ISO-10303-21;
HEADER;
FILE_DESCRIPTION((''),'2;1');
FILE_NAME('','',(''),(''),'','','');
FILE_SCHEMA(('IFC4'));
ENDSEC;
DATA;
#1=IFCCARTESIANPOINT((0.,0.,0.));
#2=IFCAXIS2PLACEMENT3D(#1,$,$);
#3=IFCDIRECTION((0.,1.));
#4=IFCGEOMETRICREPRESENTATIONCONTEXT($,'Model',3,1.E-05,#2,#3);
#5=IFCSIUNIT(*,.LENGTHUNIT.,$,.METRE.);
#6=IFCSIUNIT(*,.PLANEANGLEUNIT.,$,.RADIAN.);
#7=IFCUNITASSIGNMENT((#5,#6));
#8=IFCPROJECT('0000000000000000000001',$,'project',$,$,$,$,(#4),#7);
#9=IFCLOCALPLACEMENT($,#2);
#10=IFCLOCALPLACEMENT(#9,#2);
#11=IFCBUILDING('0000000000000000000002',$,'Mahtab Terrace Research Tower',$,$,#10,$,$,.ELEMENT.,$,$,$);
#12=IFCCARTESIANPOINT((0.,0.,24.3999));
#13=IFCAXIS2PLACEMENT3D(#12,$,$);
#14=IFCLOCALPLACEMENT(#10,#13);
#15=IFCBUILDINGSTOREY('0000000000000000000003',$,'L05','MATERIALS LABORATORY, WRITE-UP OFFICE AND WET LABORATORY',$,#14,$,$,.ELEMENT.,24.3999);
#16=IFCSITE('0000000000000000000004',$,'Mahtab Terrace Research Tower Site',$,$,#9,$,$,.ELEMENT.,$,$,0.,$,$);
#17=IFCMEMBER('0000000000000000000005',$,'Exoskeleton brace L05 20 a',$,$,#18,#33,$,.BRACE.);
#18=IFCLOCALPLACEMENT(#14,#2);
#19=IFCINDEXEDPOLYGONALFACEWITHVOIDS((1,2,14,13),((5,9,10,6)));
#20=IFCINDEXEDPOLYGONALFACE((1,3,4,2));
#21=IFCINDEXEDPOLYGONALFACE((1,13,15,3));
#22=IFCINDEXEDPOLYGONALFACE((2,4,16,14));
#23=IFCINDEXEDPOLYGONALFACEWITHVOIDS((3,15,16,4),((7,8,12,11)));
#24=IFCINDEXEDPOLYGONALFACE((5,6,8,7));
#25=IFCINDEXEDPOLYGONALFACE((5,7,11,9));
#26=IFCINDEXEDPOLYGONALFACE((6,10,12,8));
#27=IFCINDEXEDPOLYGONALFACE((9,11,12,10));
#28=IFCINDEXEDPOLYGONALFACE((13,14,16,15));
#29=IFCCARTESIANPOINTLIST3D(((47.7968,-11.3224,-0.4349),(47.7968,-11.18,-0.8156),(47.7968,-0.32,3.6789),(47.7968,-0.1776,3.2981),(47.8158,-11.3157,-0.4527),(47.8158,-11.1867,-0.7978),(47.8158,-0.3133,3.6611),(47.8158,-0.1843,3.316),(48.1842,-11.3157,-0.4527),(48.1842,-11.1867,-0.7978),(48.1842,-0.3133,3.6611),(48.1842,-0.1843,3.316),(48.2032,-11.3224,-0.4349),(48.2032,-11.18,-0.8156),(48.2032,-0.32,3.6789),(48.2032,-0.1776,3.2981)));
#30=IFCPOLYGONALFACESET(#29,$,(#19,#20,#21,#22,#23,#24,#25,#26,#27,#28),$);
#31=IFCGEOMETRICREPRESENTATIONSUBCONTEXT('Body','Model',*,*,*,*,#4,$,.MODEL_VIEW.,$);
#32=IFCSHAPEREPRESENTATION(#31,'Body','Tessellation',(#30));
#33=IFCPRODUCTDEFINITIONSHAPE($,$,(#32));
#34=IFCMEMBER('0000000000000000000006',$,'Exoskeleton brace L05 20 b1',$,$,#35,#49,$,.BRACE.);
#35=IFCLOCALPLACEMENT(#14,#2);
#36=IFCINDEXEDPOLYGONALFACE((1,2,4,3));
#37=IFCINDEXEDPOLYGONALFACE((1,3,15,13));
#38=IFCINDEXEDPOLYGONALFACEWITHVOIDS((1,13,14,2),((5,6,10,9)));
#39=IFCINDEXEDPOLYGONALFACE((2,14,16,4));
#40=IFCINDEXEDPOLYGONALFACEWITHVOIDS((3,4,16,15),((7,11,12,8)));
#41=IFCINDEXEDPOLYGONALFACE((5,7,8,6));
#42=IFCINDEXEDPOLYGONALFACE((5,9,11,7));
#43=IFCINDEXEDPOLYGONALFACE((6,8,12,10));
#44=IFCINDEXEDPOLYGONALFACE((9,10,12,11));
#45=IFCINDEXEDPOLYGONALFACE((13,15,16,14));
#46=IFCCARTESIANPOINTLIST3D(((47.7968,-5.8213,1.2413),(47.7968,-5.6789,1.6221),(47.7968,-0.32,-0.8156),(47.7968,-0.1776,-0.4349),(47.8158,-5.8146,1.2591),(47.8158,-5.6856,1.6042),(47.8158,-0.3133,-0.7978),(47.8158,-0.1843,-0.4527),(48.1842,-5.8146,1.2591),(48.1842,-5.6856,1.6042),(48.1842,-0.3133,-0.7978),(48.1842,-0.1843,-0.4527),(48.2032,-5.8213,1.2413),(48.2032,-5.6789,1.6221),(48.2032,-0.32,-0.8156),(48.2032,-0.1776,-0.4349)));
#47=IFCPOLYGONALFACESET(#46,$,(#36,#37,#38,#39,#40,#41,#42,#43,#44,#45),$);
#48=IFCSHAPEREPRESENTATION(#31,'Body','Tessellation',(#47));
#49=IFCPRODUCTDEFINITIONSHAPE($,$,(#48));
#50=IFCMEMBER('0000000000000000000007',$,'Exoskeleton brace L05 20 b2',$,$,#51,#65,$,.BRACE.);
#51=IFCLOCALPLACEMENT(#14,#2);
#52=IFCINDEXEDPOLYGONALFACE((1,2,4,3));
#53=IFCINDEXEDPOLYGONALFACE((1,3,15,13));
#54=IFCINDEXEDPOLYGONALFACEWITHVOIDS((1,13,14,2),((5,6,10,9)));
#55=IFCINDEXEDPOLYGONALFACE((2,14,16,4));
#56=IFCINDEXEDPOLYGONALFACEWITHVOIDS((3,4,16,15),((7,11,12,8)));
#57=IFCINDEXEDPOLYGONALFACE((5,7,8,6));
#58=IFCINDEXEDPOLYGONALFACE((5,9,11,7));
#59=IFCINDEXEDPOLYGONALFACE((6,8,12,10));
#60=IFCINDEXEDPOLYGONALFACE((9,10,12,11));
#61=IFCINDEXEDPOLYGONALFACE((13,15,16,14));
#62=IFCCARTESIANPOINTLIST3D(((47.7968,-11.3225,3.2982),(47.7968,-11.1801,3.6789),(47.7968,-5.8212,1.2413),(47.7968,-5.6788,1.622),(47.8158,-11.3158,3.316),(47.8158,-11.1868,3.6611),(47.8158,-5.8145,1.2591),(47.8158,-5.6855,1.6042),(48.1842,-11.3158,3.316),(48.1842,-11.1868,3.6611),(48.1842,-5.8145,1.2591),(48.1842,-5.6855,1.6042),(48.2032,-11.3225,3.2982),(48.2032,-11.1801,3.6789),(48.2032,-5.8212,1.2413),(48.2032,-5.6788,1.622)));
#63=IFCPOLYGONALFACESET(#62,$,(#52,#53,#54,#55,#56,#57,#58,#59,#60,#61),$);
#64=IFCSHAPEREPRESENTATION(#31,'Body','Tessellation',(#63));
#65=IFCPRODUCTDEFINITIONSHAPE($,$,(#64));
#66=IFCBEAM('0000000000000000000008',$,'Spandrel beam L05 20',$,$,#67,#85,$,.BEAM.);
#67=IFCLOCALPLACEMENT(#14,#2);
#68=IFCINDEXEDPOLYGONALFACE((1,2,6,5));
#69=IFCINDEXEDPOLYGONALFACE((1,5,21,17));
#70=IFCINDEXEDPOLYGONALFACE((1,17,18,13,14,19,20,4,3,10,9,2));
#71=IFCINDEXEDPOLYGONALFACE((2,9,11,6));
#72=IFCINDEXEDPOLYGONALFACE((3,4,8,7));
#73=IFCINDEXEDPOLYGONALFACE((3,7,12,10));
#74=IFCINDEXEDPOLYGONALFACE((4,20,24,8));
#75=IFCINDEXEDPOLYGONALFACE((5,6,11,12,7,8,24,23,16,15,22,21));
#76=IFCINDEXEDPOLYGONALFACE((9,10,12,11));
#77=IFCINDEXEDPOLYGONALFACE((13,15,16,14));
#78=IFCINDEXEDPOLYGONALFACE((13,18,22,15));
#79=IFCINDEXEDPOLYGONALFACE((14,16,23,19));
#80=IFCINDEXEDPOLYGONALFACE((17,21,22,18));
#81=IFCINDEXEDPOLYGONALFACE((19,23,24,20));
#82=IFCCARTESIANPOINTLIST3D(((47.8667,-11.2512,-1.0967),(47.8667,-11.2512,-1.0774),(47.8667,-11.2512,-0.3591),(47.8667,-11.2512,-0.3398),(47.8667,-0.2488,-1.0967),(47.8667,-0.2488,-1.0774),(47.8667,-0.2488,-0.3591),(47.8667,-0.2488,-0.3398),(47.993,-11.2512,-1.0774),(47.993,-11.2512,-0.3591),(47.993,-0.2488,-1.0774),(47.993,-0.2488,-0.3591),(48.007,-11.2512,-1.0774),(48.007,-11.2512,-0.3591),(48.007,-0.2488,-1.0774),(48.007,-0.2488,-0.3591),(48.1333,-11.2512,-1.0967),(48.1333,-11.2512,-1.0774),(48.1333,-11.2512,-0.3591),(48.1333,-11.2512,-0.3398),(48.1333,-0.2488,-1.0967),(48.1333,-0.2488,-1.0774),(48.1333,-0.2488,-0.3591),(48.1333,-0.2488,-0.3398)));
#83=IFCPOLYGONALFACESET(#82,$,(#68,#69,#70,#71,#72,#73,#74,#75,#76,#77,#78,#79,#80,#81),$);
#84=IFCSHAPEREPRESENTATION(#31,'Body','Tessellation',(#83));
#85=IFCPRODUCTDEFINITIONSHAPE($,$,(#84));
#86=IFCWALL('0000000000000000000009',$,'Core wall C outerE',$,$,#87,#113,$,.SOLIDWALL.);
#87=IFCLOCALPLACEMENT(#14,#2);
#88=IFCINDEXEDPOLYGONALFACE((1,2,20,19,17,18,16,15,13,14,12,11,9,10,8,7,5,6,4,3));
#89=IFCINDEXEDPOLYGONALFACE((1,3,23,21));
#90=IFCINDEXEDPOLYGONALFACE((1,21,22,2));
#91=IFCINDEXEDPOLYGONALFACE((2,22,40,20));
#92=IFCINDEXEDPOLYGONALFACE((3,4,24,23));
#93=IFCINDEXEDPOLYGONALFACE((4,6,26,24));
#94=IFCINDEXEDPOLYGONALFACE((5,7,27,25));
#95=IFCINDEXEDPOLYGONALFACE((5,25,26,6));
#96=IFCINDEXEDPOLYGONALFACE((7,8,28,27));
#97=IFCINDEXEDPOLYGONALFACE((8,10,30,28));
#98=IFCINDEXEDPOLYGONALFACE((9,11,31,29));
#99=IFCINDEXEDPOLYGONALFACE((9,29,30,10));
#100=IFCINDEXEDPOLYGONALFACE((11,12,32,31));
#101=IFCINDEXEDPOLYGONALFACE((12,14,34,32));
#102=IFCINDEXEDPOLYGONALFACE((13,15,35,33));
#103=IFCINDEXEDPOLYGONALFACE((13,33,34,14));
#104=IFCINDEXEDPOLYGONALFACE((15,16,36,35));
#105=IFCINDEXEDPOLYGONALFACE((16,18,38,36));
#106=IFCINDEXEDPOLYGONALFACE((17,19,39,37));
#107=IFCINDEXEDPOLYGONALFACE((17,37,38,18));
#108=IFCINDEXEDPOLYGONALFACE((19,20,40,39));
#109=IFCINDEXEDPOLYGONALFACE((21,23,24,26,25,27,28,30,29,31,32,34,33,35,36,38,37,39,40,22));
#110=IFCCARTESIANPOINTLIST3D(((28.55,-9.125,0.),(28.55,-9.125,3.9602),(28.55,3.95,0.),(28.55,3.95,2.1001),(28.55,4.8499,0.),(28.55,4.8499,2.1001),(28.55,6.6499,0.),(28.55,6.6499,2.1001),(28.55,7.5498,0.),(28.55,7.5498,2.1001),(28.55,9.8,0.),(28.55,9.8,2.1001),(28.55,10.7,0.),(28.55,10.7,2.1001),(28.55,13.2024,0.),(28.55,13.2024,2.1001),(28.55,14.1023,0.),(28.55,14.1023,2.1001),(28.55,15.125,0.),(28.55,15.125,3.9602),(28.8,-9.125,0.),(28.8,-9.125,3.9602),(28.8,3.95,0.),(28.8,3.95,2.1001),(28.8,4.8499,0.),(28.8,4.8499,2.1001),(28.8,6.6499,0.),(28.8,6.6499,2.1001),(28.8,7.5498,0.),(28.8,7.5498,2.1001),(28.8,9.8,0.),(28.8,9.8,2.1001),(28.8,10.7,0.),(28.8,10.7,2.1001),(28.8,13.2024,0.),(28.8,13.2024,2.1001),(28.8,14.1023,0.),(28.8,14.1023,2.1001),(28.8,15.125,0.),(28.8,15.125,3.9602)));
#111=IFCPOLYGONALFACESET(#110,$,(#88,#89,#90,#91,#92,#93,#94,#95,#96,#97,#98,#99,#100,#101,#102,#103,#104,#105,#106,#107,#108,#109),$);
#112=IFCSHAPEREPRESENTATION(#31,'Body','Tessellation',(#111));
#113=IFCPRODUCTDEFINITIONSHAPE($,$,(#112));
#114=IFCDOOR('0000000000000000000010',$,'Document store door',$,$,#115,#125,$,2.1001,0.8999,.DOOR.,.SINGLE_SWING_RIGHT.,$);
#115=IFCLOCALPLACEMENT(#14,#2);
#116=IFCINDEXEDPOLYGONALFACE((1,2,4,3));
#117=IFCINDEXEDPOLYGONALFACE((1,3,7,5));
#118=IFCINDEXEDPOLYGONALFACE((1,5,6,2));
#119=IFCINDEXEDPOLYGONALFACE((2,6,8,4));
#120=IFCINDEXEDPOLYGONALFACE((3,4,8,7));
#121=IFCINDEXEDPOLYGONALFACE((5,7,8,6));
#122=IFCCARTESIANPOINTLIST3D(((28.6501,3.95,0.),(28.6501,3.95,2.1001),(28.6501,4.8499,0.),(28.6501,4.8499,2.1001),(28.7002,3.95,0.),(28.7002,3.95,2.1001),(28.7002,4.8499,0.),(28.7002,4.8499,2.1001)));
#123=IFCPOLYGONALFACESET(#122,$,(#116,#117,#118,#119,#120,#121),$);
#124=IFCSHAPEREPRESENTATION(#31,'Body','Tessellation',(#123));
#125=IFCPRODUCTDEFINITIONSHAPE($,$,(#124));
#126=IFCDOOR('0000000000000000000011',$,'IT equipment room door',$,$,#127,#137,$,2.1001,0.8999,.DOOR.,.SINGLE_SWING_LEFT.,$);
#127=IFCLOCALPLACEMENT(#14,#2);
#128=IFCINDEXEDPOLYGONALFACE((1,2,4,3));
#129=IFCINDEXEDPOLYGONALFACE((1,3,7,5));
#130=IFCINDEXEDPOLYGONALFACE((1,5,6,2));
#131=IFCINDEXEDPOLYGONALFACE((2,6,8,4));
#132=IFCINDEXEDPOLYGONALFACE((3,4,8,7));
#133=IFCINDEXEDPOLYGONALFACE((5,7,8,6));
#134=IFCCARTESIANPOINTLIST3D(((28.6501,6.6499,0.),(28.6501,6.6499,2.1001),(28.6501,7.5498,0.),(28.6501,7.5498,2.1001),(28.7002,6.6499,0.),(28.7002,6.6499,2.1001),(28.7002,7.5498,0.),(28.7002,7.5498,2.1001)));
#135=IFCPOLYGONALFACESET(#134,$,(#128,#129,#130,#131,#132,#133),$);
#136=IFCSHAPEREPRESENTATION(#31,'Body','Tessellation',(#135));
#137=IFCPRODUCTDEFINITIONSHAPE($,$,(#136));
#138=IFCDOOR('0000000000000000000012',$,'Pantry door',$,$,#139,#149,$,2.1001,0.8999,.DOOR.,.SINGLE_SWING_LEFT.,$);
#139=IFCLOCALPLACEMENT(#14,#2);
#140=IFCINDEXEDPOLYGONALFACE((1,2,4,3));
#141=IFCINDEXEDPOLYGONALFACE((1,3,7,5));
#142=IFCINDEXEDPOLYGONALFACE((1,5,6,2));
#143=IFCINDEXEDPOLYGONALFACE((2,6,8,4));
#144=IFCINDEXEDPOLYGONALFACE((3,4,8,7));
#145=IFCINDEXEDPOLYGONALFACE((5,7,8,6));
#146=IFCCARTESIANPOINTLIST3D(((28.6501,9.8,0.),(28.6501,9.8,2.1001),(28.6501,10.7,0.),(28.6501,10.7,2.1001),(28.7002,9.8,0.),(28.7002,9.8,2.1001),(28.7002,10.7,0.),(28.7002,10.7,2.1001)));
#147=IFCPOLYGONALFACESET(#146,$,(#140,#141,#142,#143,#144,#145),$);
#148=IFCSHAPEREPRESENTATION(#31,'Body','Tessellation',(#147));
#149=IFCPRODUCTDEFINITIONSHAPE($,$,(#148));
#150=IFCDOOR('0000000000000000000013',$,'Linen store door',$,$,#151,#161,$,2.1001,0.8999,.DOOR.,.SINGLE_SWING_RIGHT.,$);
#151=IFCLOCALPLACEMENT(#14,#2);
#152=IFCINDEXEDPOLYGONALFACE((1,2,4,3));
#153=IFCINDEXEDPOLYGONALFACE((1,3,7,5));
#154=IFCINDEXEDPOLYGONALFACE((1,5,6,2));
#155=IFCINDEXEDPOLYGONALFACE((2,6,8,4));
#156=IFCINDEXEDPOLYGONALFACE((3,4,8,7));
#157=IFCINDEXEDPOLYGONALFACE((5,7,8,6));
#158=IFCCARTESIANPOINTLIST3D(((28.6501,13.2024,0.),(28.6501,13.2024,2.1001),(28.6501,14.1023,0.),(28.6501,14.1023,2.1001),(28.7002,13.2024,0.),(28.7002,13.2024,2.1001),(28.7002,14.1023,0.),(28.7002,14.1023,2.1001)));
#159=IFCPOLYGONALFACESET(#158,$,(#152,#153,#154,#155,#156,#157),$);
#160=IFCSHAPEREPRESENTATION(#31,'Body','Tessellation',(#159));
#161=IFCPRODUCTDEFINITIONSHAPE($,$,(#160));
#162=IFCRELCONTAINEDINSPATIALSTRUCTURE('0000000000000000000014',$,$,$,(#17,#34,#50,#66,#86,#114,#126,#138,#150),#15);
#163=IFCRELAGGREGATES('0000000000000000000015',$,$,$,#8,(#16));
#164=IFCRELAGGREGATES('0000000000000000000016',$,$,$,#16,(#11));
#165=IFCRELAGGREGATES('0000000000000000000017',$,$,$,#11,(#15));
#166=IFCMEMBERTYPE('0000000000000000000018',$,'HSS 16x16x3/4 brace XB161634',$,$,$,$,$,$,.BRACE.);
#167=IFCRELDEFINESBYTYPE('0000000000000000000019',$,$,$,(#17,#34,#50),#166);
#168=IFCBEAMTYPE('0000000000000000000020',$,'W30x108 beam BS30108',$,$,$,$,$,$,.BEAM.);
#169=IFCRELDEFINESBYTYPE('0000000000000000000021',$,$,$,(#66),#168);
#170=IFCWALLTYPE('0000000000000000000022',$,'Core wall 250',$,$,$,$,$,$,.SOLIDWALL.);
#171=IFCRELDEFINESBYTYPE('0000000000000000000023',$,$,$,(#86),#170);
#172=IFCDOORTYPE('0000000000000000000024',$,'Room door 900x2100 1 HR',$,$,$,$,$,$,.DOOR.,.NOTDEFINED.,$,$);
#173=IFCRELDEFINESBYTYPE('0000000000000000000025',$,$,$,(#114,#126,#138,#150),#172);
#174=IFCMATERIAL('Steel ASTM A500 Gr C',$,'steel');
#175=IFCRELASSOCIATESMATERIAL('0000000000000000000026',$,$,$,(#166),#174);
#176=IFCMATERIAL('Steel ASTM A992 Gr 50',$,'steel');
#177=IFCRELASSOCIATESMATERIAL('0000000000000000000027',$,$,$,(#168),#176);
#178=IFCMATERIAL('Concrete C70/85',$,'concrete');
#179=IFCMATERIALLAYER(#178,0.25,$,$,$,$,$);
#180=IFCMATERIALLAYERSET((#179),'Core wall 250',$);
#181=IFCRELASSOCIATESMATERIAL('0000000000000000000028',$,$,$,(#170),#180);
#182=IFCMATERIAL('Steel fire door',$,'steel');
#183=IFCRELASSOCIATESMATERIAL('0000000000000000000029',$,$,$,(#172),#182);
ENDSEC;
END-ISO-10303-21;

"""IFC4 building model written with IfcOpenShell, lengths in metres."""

from ifc_helpers import new_model, si_unit, direction, frame, frame_2d, origin, origin_2d, place, context, subcontext, project, spatial, rectangle, hollow_rectangle, i_section, extrude, material, layer, layer_set, material_profile, profile_set, type_object, element, fill, save


model = new_model("IFC4")

# Units and contexts
model_context = context("Model", 3, precision=1e-05, world=origin(), true_north=direction((0.0, 1.0)))
body_context = subcontext(model_context, "Body", "Model", "MODEL_VIEW")
ifc_project = project(units=[si_unit("LENGTHUNIT", "METRE"), si_unit("PLANEANGLEUNIT", "RADIAN")], contexts=[model_context])

# Site, building, storey
site_placement = place(None, origin())
site = spatial("IfcSite", under=ifc_project, at=site_placement, Name="Mahtab Terrace Research Tower Site", CompositionType="ELEMENT", RefElevation=0.0)
building_placement = place(site_placement, origin())
building = spatial("IfcBuilding", under=site, at=building_placement, Name="Mahtab Terrace Research Tower", CompositionType="ELEMENT")
storey_placement = place(building_placement, frame((0.0, 0.0, 24.3999)))
storey = spatial("IfcBuildingStorey", under=building, at=storey_placement, Name="L05", Description="MATERIALS LABORATORY, WRITE-UP OFFICE AND WET LABORATORY", CompositionType="ELEMENT", Elevation=24.3999)

# Members
ifc_material_1 = material(Name="Steel ASTM A500 Gr C", Category="steel")
ifc_material_profile_1 = material_profile(ifc_material_1, hollow_rectangle(XDim=0.4065, YDim=0.4065, WallThickness=0.019, at=origin_2d()), Name="HSS16X16X3/4")
ifc_profile_set_1 = profile_set([ifc_material_profile_1], Name="Steel ASTM A500 Gr C")
member_type = type_object("IfcMemberType", Name="HSS 16x16x3/4 brace XB161634", PredefinedType="BRACE", material=ifc_profile_set_1)
member_placement = place(storey_placement, frame((48.0, -11.2512, -0.6252), z_axis=(0.0, 0.936669, 0.350217), x_axis=(-1.0, 0.0, 0.0)))
element("IfcMember", 1, at=member_placement, inside=storey, type_object=member_type, Name="Exoskeleton brace L05 20 a", PredefinedType="BRACE", context=body_context, shape_type="SweptSolid", body=[
    extrude(hollow_rectangle(XDim=0.4065, YDim=0.4065, WallThickness=0.019, at=origin_2d()), origin(), (0.0, 0.0, 1.0), 11.7463),
])
for number, where, z_axis, x_axis, name in (
    (2, (48.0, -0.2488, -0.6252), (0.0, -0.936669, 0.350217), (1.0, 0.0, 0.0), "Exoskeleton brace L05 20 b1"),
    (3, (48.0, -5.75, 1.4316), (0.0, -0.936669, 0.350217), (1.0, 0.0, 0.0), "Exoskeleton brace L05 20 b2"),
):
    element("IfcMember", number, at=place(storey_placement, frame(where, z_axis=z_axis, x_axis=x_axis)), inside=storey, type_object=member_type, Name=name, PredefinedType="BRACE", context=body_context, shape_type="SweptSolid", body=[
        extrude(hollow_rectangle(XDim=0.4065, YDim=0.4065, WallThickness=0.019, at=origin_2d()), origin(), (0.0, 0.0, 1.0), 5.8733),
    ])

# Beam
ifc_material_2 = material(Name="Steel ASTM A992 Gr 50", Category="steel")
ifc_material_profile_2 = material_profile(ifc_material_2, i_section(OverallWidth=0.2666, OverallDepth=0.7568, WebThickness=0.0139, FlangeThickness=0.0193, at=origin_2d()), Name="W30X108")
ifc_profile_set_2 = profile_set([ifc_material_profile_2], Name="Steel ASTM A992 Gr 50")
beam_type = type_object("IfcBeamType", Name="W30x108 beam BS30108", PredefinedType="BEAM", material=ifc_profile_set_2)
beam_placement = place(storey_placement, frame((48.0, -11.2512, -0.7183), z_axis=(0.0, 1.0, 0.0), x_axis=(-1.0, 0.0, 0.0)))
element("IfcBeam", 4, at=beam_placement, inside=storey, type_object=beam_type, Name="Spandrel beam L05 20", PredefinedType="BEAM", context=body_context, shape_type="SweptSolid", body=[
    extrude(i_section(OverallWidth=0.2666, OverallDepth=0.7568, WebThickness=0.0139, FlangeThickness=0.0193, at=origin_2d()), origin(), (0.0, 0.0, 1.0), 11.0024),
])

# Wall, openings, doors
ifc_material_3 = material(Name="Concrete C70/85", Category="concrete")
ifc_layer_1 = layer(ifc_material_3, 0.25)
ifc_layer_set_1 = layer_set([ifc_layer_1], Name="Core wall 250")
wall_type_1 = type_object("IfcWallType", Name="Core wall 250", PredefinedType="SOLIDWALL", material=ifc_layer_set_1)
wall_1_placement = place(storey_placement, frame((28.675, -9.125, 0.0), z_axis=(0.0, 0.0, 1.0), x_axis=(0.0, 1.0, 0.0)))
wall_1 = element("IfcWall", 5, at=wall_1_placement, inside=storey, type_object=wall_type_1, Name="Core wall C outerE", PredefinedType="SOLIDWALL", context=body_context, shape_type="SweptSolid", body=[
    extrude(rectangle(XDim=24.25, YDim=0.25, at=frame_2d((12.125, 0.0))), origin(), (0.0, 0.0, 1.0), 3.9602),
])
opening_1_placement = place(wall_1_placement, frame((13.075, 0.0, 0.0)))
opening_1 = element("IfcOpeningElement", 6, at=opening_1_placement, cuts=wall_1, PredefinedType="OPENING", context=body_context, shape_type="SweptSolid", body=[
    extrude(rectangle(XDim=0.8999, YDim=2.1001, at=frame_2d((0.45, 1.05))), frame((0.0, 0.135, 0.0), z_axis=(0.0, -1.0, 0.0), x_axis=(1.0, 0.0, 0.0)), (0.0, 0.0, 1.0), 0.27),
])
opening_2_placement = place(wall_1_placement, frame((15.7749, 0.0, 0.0)))
opening_2 = element("IfcOpeningElement", 7, at=opening_2_placement, cuts=wall_1, PredefinedType="OPENING", context=body_context, shape_type="SweptSolid", body=[
    extrude(rectangle(XDim=0.8999, YDim=2.1001, at=frame_2d((0.45, 1.05))), frame((0.0, 0.135, 0.0), z_axis=(0.0, -1.0, 0.0), x_axis=(1.0, 0.0, 0.0)), (0.0, 0.0, 1.0), 0.27),
])
opening_3_placement = place(wall_1_placement, frame((18.925, 0.0, 0.0)))
opening_3 = element("IfcOpeningElement", 8, at=opening_3_placement, cuts=wall_1, PredefinedType="OPENING", context=body_context, shape_type="SweptSolid", body=[
    extrude(rectangle(XDim=0.8999, YDim=2.1001, at=frame_2d((0.45, 1.05))), frame((0.0, 0.135, 0.0), z_axis=(0.0, -1.0, 0.0), x_axis=(1.0, 0.0, 0.0)), (0.0, 0.0, 1.0), 0.27),
])
opening_4_placement = place(wall_1_placement, frame((22.3274, 0.0, 0.0)))
opening_4 = element("IfcOpeningElement", 9, at=opening_4_placement, cuts=wall_1, PredefinedType="OPENING", context=body_context, shape_type="SweptSolid", body=[
    extrude(rectangle(XDim=0.8999, YDim=2.1001, at=frame_2d((0.45, 1.05))), frame((0.0, 0.135, 0.0), z_axis=(0.0, -1.0, 0.0), x_axis=(1.0, 0.0, 0.0)), (0.0, 0.0, 1.0), 0.27),
])
ifc_material_4 = material(Name="Steel fire door", Category="steel")
door_type_1 = type_object("IfcDoorType", Name="Room door 900x2100 1 HR", OperationType="NOTDEFINED", PredefinedType="DOOR", material=ifc_material_4)
door_1_placement = place(opening_1_placement, origin())
door_1 = element("IfcDoor", 10, at=door_1_placement, inside=storey, type_object=door_type_1, Name="Document store door", OperationType="SINGLE_SWING_RIGHT", OverallHeight=2.1001, OverallWidth=0.8999, PredefinedType="DOOR", context=body_context, shape_type="SweptSolid", body=[
    extrude(rectangle(XDim=0.8999, YDim=2.1001, at=frame_2d((0.45, 1.05))), frame((0.0, 0.0249, 0.0), z_axis=(0.0, -1.0, 0.0), x_axis=(1.0, 0.0, 0.0)), (0.0, 0.0, 1.0), 0.05),
])
fill(opening_1, door_1)
door_2_placement = place(opening_2_placement, origin())
door_2 = element("IfcDoor", 11, at=door_2_placement, inside=storey, type_object=door_type_1, Name="IT equipment room door", OperationType="SINGLE_SWING_LEFT", OverallHeight=2.1001, OverallWidth=0.8999, PredefinedType="DOOR", context=body_context, shape_type="SweptSolid", body=[
    extrude(rectangle(XDim=0.8999, YDim=2.1001, at=frame_2d((0.45, 1.05))), frame((0.0, 0.0249, 0.0), z_axis=(0.0, -1.0, 0.0), x_axis=(1.0, 0.0, 0.0)), (0.0, 0.0, 1.0), 0.05),
])
fill(opening_2, door_2)
door_3_placement = place(opening_3_placement, origin())
door_3 = element("IfcDoor", 12, at=door_3_placement, inside=storey, type_object=door_type_1, Name="Pantry door", OperationType="SINGLE_SWING_LEFT", OverallHeight=2.1001, OverallWidth=0.8999, PredefinedType="DOOR", context=body_context, shape_type="SweptSolid", body=[
    extrude(rectangle(XDim=0.8999, YDim=2.1001, at=frame_2d((0.45, 1.05))), frame((0.0, 0.0249, 0.0), z_axis=(0.0, -1.0, 0.0), x_axis=(1.0, 0.0, 0.0)), (0.0, 0.0, 1.0), 0.05),
])
fill(opening_3, door_3)
door_4_placement = place(opening_4_placement, origin())
door_4 = element("IfcDoor", 13, at=door_4_placement, inside=storey, type_object=door_type_1, Name="Linen store door", OperationType="SINGLE_SWING_RIGHT", OverallHeight=2.1001, OverallWidth=0.8999, PredefinedType="DOOR", context=body_context, shape_type="SweptSolid", body=[
    extrude(rectangle(XDim=0.8999, YDim=2.1001, at=frame_2d((0.45, 1.05))), frame((0.0, 0.0249, 0.0), z_axis=(0.0, -1.0, 0.0), x_axis=(1.0, 0.0, 0.0)), (0.0, 0.0, 1.0), 0.05),
])
fill(opening_4, door_4)

save(model, "model.ifc")
